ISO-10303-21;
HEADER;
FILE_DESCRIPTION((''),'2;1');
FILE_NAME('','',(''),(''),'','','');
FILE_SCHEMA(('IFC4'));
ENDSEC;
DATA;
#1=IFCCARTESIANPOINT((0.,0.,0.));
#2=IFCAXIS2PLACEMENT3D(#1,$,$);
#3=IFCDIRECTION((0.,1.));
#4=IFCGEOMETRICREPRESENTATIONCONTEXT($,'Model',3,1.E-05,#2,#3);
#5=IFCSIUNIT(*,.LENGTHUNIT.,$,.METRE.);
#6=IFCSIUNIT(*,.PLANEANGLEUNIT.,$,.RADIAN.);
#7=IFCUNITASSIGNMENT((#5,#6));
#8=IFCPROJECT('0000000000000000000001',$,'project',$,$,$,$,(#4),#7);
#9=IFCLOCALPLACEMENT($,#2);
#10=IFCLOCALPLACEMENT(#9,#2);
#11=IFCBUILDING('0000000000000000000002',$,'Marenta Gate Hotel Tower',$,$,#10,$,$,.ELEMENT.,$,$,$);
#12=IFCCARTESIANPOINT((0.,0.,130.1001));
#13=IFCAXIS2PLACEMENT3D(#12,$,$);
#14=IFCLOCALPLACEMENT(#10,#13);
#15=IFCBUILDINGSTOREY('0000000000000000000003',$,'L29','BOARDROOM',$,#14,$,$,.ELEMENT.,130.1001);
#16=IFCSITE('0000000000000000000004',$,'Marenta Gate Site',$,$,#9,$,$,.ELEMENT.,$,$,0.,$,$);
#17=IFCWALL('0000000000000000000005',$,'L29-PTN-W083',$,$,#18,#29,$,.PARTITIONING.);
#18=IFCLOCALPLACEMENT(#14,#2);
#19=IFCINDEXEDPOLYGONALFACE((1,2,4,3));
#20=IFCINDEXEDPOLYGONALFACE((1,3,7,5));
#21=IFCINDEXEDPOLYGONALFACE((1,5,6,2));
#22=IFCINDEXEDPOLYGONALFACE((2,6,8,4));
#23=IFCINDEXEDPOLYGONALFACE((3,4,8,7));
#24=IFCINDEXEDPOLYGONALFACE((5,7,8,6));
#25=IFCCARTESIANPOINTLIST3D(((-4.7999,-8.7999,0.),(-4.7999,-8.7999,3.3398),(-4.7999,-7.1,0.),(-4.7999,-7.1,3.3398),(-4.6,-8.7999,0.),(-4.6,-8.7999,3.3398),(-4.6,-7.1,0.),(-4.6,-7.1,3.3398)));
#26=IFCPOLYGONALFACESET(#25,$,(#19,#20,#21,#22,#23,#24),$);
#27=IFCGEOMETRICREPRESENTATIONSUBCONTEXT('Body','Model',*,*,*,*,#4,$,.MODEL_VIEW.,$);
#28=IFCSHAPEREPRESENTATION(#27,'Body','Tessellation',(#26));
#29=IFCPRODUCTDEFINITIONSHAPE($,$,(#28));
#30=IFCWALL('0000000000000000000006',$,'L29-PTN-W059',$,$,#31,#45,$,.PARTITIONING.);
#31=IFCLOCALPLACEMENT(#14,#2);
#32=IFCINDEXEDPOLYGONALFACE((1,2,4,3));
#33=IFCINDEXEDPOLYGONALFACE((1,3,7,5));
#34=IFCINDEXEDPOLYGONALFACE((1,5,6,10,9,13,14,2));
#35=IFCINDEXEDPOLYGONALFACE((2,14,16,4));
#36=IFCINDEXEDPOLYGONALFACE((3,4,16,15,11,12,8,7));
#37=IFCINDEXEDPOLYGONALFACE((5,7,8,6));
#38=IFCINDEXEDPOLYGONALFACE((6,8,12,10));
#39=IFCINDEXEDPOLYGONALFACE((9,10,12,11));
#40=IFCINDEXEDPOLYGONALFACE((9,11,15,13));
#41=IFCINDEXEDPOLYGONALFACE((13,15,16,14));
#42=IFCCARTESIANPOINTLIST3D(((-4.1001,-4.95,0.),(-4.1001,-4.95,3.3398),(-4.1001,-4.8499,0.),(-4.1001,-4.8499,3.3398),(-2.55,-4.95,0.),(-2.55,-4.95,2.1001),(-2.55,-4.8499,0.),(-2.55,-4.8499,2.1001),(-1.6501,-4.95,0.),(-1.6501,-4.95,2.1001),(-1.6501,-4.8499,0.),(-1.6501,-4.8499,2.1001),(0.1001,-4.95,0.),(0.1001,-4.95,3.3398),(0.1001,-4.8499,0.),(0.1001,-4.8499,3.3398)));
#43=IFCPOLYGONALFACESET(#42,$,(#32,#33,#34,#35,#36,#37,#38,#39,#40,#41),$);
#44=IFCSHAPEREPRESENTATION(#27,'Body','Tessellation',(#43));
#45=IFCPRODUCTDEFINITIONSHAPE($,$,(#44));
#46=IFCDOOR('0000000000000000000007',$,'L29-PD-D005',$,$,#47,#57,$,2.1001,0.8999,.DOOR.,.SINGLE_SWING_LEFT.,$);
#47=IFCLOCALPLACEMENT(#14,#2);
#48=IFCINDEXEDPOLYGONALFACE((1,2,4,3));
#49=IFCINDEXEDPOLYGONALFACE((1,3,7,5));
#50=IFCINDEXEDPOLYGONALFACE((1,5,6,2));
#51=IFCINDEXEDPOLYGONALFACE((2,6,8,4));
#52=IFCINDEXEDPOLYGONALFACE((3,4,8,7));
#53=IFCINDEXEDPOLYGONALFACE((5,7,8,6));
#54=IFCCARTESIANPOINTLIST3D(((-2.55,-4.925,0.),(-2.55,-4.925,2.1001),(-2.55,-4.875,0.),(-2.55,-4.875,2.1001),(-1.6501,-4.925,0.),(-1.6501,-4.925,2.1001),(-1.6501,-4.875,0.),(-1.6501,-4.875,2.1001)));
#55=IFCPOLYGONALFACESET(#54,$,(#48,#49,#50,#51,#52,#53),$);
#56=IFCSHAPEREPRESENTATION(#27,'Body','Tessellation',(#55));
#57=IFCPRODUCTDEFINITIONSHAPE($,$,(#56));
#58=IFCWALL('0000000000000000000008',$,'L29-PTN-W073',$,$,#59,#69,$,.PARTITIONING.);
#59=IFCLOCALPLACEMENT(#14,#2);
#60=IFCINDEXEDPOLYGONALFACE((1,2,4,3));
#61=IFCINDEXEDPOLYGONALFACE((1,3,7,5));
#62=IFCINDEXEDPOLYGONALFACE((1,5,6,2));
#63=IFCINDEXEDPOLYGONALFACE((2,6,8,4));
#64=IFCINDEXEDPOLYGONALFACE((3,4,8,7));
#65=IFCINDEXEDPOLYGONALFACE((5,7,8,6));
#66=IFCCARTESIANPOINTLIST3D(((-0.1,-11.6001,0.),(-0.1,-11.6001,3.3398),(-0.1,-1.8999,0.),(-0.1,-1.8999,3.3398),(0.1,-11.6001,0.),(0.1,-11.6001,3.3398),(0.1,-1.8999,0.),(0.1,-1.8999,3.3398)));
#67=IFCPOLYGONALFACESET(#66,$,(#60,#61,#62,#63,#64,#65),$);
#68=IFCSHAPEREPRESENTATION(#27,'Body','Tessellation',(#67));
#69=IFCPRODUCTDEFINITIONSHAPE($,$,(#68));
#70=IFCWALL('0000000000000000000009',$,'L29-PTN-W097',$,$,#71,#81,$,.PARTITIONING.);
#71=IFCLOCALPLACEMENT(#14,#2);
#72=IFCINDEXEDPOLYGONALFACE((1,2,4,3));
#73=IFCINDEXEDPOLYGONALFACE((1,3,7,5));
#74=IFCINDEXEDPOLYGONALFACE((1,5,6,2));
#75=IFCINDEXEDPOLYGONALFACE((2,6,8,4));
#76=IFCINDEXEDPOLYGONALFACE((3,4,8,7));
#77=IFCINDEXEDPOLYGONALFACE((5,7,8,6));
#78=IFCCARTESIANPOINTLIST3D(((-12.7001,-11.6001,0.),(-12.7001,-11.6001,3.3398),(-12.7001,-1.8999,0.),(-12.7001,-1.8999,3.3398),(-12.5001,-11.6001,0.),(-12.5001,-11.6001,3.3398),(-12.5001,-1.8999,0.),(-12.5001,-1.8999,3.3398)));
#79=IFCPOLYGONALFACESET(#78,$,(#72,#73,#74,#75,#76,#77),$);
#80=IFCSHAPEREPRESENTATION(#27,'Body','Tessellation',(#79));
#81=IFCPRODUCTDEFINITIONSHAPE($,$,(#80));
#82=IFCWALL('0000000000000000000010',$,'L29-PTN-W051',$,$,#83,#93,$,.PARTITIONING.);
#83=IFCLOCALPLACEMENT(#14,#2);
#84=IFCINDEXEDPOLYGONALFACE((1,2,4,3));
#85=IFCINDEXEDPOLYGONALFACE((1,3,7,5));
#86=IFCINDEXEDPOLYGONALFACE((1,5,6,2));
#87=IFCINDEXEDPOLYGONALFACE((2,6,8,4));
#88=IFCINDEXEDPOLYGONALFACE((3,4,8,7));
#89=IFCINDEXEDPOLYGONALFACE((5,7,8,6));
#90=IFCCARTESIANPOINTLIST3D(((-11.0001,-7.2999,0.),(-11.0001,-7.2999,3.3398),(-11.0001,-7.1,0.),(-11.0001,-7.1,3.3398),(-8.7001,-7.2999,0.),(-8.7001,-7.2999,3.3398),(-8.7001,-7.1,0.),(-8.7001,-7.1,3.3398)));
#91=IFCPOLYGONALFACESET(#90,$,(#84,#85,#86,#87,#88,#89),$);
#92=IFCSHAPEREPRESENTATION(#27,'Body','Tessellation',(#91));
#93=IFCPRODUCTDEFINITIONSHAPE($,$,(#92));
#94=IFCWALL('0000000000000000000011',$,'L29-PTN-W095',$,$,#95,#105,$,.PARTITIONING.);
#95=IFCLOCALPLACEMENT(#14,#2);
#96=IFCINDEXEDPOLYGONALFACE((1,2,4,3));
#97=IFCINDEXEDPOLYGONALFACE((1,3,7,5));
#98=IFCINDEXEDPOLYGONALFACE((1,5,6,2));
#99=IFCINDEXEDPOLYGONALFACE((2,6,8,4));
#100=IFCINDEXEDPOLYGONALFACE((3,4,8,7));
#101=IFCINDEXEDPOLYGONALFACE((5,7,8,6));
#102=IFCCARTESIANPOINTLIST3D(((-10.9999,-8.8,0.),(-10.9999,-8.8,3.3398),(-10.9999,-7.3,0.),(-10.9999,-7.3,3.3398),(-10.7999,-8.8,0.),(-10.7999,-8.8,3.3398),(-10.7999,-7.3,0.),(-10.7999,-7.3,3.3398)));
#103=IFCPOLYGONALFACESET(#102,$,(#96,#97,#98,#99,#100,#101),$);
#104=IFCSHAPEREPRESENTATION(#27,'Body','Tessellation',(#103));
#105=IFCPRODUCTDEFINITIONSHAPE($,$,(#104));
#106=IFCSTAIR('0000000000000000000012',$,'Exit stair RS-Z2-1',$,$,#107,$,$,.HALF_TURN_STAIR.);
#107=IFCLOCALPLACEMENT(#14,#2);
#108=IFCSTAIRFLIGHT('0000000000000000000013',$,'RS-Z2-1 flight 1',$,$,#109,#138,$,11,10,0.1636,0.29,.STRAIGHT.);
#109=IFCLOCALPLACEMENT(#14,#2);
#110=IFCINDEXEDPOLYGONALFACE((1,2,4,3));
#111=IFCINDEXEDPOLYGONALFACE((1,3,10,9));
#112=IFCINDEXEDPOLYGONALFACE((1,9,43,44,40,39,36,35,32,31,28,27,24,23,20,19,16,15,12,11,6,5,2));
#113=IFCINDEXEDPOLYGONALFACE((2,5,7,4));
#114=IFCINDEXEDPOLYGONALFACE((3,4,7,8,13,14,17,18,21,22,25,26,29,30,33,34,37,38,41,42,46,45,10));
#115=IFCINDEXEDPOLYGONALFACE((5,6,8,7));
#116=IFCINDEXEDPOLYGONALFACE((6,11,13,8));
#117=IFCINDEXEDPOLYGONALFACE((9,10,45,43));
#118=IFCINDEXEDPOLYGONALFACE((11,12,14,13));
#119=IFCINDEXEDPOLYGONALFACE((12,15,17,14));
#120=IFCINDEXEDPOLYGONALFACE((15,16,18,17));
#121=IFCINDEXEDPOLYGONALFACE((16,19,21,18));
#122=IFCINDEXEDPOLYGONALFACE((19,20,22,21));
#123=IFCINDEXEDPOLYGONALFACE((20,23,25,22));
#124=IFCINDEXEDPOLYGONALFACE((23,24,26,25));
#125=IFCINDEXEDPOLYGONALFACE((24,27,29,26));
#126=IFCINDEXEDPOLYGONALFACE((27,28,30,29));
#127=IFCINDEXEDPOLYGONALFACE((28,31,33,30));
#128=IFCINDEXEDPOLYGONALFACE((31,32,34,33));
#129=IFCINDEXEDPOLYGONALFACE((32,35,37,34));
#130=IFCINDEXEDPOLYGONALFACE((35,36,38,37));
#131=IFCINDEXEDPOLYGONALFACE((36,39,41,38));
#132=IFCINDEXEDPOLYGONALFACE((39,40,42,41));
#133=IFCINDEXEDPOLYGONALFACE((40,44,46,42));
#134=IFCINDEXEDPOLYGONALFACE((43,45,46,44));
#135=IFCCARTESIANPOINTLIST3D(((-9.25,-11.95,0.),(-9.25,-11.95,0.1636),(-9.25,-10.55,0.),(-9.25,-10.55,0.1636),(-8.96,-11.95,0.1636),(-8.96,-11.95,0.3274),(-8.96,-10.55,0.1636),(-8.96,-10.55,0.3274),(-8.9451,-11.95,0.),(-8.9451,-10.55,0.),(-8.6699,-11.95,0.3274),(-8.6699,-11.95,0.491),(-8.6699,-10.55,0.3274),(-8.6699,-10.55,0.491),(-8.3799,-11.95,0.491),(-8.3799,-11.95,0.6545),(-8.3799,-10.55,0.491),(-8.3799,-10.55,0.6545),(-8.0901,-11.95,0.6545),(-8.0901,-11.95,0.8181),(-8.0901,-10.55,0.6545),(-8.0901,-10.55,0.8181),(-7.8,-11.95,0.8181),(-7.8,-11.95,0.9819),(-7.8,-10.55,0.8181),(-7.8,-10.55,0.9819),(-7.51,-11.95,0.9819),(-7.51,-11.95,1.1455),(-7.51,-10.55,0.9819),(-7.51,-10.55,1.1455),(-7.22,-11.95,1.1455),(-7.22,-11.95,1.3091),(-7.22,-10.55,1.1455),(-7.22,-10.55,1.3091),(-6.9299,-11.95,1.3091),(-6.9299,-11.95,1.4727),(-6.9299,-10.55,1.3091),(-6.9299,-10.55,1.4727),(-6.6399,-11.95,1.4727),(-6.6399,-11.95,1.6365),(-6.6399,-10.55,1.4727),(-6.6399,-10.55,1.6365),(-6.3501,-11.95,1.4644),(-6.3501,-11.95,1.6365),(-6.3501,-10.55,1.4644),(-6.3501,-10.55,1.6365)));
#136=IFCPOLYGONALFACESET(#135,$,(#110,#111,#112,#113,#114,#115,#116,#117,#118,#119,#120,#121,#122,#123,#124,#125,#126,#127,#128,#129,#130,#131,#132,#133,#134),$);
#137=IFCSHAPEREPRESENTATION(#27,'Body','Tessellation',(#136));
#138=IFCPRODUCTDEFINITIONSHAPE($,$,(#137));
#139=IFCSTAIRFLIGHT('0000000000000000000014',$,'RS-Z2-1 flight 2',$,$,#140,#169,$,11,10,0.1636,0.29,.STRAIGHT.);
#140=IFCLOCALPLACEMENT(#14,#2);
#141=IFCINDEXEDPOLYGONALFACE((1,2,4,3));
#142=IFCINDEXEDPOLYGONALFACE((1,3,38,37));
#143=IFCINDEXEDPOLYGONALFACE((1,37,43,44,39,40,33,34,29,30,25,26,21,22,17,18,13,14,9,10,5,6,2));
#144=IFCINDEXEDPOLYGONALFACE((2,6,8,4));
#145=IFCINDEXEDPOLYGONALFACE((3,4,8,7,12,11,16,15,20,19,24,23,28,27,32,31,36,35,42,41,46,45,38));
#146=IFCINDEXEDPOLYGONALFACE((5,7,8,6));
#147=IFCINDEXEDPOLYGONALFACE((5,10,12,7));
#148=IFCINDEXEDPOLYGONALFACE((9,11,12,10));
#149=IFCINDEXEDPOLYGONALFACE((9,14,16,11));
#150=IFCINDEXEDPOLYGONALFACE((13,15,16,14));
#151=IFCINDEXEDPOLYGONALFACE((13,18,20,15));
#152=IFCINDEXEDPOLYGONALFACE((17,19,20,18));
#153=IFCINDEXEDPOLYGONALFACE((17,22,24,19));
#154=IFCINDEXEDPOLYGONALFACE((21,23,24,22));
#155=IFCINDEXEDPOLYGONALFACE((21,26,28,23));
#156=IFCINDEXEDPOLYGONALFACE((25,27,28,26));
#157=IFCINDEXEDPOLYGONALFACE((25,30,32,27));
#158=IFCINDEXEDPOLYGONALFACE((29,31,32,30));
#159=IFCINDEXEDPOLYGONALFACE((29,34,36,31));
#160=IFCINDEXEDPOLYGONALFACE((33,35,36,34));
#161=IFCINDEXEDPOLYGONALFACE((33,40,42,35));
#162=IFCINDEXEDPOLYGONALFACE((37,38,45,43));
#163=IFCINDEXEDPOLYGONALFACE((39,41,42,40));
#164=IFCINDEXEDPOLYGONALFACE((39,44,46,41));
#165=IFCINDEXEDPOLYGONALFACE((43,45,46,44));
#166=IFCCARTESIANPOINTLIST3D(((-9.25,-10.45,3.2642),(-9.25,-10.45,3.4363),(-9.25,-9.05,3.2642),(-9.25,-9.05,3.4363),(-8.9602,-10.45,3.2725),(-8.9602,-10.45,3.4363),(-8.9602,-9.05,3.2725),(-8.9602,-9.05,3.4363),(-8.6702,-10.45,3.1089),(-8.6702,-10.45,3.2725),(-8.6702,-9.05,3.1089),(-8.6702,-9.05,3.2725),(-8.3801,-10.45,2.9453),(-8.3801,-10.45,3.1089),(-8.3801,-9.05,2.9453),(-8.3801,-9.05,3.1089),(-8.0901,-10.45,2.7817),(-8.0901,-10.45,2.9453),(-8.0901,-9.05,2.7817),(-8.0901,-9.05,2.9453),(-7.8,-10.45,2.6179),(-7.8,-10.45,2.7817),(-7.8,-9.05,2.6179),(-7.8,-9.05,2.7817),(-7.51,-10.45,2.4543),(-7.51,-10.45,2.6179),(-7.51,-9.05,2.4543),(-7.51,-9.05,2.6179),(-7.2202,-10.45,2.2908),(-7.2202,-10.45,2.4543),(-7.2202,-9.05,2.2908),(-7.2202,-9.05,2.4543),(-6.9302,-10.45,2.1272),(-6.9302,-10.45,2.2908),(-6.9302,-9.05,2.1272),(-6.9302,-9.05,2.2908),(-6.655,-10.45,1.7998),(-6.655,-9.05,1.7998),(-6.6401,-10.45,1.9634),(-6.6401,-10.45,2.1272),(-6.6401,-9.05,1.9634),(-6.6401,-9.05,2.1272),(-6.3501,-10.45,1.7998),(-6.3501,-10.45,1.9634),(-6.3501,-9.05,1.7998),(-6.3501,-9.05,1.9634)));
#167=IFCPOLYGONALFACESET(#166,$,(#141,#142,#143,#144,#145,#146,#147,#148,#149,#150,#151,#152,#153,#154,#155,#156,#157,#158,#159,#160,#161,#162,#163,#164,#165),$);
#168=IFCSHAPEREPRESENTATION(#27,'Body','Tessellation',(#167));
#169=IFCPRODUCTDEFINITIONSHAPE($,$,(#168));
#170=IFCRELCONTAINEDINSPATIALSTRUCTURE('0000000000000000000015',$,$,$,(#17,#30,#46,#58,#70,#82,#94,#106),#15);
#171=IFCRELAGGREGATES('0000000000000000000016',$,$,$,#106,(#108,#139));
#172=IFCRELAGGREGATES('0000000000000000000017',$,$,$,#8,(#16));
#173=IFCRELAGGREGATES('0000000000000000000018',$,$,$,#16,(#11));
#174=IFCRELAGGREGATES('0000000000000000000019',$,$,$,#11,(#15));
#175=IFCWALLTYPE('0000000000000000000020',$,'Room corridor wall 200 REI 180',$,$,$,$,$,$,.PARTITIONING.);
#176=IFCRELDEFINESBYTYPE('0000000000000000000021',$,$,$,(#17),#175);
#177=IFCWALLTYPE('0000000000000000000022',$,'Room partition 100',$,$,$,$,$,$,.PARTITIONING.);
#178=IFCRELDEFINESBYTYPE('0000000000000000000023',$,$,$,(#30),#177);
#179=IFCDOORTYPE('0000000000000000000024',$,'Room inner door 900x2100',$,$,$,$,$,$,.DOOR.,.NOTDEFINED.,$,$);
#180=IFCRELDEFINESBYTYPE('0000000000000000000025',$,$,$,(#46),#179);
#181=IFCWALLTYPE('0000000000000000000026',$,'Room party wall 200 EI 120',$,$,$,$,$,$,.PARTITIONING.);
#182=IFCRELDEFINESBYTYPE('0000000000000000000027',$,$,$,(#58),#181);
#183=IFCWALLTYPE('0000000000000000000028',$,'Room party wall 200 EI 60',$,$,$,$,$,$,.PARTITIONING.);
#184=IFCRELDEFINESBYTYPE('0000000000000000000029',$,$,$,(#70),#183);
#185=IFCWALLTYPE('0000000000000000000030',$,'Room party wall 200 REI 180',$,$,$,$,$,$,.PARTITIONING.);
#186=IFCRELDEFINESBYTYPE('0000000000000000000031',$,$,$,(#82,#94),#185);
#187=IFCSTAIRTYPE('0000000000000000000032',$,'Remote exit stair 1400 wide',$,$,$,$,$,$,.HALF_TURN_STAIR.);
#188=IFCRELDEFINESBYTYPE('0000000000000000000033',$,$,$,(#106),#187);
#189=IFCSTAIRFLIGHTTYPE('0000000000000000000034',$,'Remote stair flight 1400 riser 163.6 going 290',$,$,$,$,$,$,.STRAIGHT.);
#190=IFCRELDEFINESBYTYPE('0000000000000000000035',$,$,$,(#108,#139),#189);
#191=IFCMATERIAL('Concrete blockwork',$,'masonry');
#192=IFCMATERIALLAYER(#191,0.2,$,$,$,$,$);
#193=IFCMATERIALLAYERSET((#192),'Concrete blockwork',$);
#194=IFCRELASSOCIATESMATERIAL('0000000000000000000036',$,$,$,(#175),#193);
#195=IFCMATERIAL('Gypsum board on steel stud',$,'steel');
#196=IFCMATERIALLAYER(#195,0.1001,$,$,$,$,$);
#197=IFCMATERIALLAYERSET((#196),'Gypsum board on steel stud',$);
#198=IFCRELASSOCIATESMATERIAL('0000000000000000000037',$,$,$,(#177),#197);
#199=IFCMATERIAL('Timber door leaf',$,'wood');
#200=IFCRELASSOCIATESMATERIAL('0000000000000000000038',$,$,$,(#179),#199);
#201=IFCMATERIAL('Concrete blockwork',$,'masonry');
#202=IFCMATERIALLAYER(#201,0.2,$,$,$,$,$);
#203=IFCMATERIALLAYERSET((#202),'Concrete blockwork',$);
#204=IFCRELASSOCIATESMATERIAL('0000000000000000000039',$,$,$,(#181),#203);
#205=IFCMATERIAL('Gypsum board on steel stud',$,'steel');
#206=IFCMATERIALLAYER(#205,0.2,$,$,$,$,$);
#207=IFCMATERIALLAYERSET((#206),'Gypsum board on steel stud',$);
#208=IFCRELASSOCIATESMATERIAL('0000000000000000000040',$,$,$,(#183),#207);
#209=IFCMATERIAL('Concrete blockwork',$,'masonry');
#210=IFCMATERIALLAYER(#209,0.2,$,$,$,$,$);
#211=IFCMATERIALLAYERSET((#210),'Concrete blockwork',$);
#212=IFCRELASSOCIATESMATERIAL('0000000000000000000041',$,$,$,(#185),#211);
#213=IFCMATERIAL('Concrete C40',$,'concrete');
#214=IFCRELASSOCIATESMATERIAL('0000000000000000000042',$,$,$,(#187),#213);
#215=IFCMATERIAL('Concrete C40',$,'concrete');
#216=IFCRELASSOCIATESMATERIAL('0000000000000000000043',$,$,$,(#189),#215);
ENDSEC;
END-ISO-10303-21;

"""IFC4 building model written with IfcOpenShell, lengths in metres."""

from ifc_helpers import new_model, si_unit, direction, frame, frame_2d, origin, place, context, subcontext, project, spatial, polyline, rectangle, outline, extrude, material, layer, layer_set, type_object, element, fill, aggregate, save


model = new_model("IFC4")

# Units and contexts
model_context = context("Model", 3, precision=1e-05, world=origin(), true_north=direction((0.0, 1.0)))
body_context = subcontext(model_context, "Body", "Model", "MODEL_VIEW")
ifc_project = project(units=[si_unit("LENGTHUNIT", "METRE"), si_unit("PLANEANGLEUNIT", "RADIAN")], contexts=[model_context])

# Site, building, storey
site_placement = place(None, origin())
site = spatial("IfcSite", under=ifc_project, at=site_placement, Name="Marenta Gate Site", CompositionType="ELEMENT", RefElevation=0.0)
building_placement = place(site_placement, origin())
building = spatial("IfcBuilding", under=site, at=building_placement, Name="Marenta Gate Hotel Tower", CompositionType="ELEMENT")
storey_placement = place(building_placement, frame((0.0, 0.0, 130.1001)))
storey = spatial("IfcBuildingStorey", under=building, at=storey_placement, Name="L29", Description="BOARDROOM", CompositionType="ELEMENT", Elevation=130.1001)

# Shared definitions
ifc_material_1 = material(Name="Concrete blockwork", Category="masonry")
ifc_layer_1 = layer(ifc_material_1, 0.2)
ifc_layer_set_1 = layer_set([ifc_layer_1], Name="Concrete blockwork")
wall_type_1 = type_object("IfcWallType", Name="Room corridor wall 200 REI 180", PredefinedType="PARTITIONING", material=ifc_layer_set_1)

# Wall
wall_1_placement = place(storey_placement, frame((-4.7, -8.8, 0.0), z_axis=(0.0, 0.0, 1.0), x_axis=(0.0, 1.0, 0.0)))
element("IfcWall", 1, at=wall_1_placement, inside=storey, type_object=wall_type_1, Name="L29-PTN-W083", PredefinedType="PARTITIONING", context=body_context, shape_type="SweptSolid", body=[
    extrude(rectangle(XDim=1.7, YDim=0.2, at=frame_2d((0.8501, 0.0))), origin(), (0.0, 0.0, 1.0), 3.3398),
])

# Wall, opening, door
ifc_material_2 = material(Name="Gypsum board on steel stud", Category="steel")
ifc_layer_2 = layer(ifc_material_2, 0.1001)
ifc_layer_set_2 = layer_set([ifc_layer_2], Name="Gypsum board on steel stud")
wall_type_2 = type_object("IfcWallType", Name="Room partition 100", PredefinedType="PARTITIONING", material=ifc_layer_set_2)
wall_2_placement = place(storey_placement, frame((-4.1001, -4.8999, 0.0), z_axis=(0.0, 0.0, 1.0), x_axis=(1.0, 0.0, 0.0)))
wall_2 = element("IfcWall", 2, at=wall_2_placement, inside=storey, type_object=wall_type_2, Name="L29-PTN-W059", PredefinedType="PARTITIONING", context=body_context, shape_type="SweptSolid", body=[
    extrude(rectangle(XDim=4.2002, YDim=0.1001, at=frame_2d((2.1001, 0.0))), origin(), (0.0, 0.0, 1.0), 3.3398),
])
opening_1_placement = place(wall_2_placement, frame((1.55, 0.0, 0.0)))
opening_1 = element("IfcOpeningElement", 3, at=opening_1_placement, cuts=wall_2, PredefinedType="OPENING", context=body_context, shape_type="SweptSolid", body=[
    extrude(rectangle(XDim=0.8999, YDim=2.1001, at=frame_2d((0.45, 1.05))), frame((0.0, 0.05, 0.0), z_axis=(0.0, -1.0, 0.0), x_axis=(1.0, 0.0, 0.0)), (0.0, 0.0, 1.0), 0.1001),
])
ifc_material_3 = material(Name="Timber door leaf", Category="wood")
door_type_1 = type_object("IfcDoorType", Name="Room inner door 900x2100", OperationType="NOTDEFINED", PredefinedType="DOOR", material=ifc_material_3)
door_1_placement = place(opening_1_placement, origin())
door_1 = element("IfcDoor", 4, at=door_1_placement, inside=storey, type_object=door_type_1, Name="L29-PD-D005", OperationType="SINGLE_SWING_LEFT", OverallHeight=2.1001, OverallWidth=0.8999, PredefinedType="DOOR", context=body_context, shape_type="SweptSolid", body=[
    extrude(rectangle(XDim=0.8999, YDim=2.1001, at=frame_2d((0.45, 1.05))), frame((0.0, 0.0249, 0.0), z_axis=(0.0, -1.0, 0.0), x_axis=(1.0, 0.0, 0.0)), (0.0, 0.0, 1.0), 0.05),
])
fill(opening_1, door_1)

# Walls
ifc_material_4 = material(Name="Concrete blockwork", Category="masonry")
ifc_layer_3 = layer(ifc_material_4, 0.2)
ifc_layer_set_3 = layer_set([ifc_layer_3], Name="Concrete blockwork")
wall_type_3 = type_object("IfcWallType", Name="Room party wall 200 EI 120", PredefinedType="PARTITIONING", material=ifc_layer_set_3)
wall_3_placement = place(storey_placement, frame((0.0, -11.6001, 0.0), z_axis=(0.0, 0.0, 1.0), x_axis=(0.0, 1.0, 0.0)))
element("IfcWall", 5, at=wall_3_placement, inside=storey, type_object=wall_type_3, Name="L29-PTN-W073", PredefinedType="PARTITIONING", context=body_context, shape_type="SweptSolid", body=[
    extrude(rectangle(XDim=9.7002, YDim=0.2, at=frame_2d((4.8501, 0.0))), origin(), (0.0, 0.0, 1.0), 3.3398),
])
ifc_material_5 = material(Name="Gypsum board on steel stud", Category="steel")
ifc_layer_4 = layer(ifc_material_5, 0.2)
ifc_layer_set_4 = layer_set([ifc_layer_4], Name="Gypsum board on steel stud")
wall_type_4 = type_object("IfcWallType", Name="Room party wall 200 EI 60", PredefinedType="PARTITIONING", material=ifc_layer_set_4)
wall_4_placement = place(storey_placement, frame((-12.6001, -11.6001, 0.0), z_axis=(0.0, 0.0, 1.0), x_axis=(0.0, 1.0, 0.0)))
element("IfcWall", 6, at=wall_4_placement, inside=storey, type_object=wall_type_4, Name="L29-PTN-W097", PredefinedType="PARTITIONING", context=body_context, shape_type="SweptSolid", body=[
    extrude(rectangle(XDim=9.7002, YDim=0.2, at=frame_2d((4.8501, 0.0))), origin(), (0.0, 0.0, 1.0), 3.3398),
])
ifc_material_6 = material(Name="Concrete blockwork", Category="masonry")
ifc_layer_5 = layer(ifc_material_6, 0.2)
ifc_layer_set_5 = layer_set([ifc_layer_5], Name="Concrete blockwork")
wall_type_5 = type_object("IfcWallType", Name="Room party wall 200 REI 180", PredefinedType="PARTITIONING", material=ifc_layer_set_5)
wall_5_placement = place(storey_placement, frame((-11.0, -7.2, 0.0), z_axis=(0.0, 0.0, 1.0), x_axis=(1.0, 0.0, 0.0)))
element("IfcWall", 7, at=wall_5_placement, inside=storey, type_object=wall_type_5, Name="L29-PTN-W051", PredefinedType="PARTITIONING", context=body_context, shape_type="SweptSolid", body=[
    extrude(rectangle(XDim=2.3, YDim=0.2, at=frame_2d((1.1499, 0.0))), origin(), (0.0, 0.0, 1.0), 3.3398),
])
wall_6_placement = place(storey_placement, frame((-10.8999, -8.8, 0.0), z_axis=(0.0, 0.0, 1.0), x_axis=(0.0, 1.0, 0.0)))
element("IfcWall", 8, at=wall_6_placement, inside=storey, type_object=wall_type_5, Name="L29-PTN-W095", PredefinedType="PARTITIONING", context=body_context, shape_type="SweptSolid", body=[
    extrude(rectangle(XDim=1.5, YDim=0.2, at=frame_2d((0.75, 0.0))), origin(), (0.0, 0.0, 1.0), 3.3398),
])

# Stair, stair flights
ifc_material_7 = material(Name="Concrete C40", Category="concrete")
stair_type = type_object("IfcStairType", Name="Remote exit stair 1400 wide", PredefinedType="HALF_TURN_STAIR", material=ifc_material_7)
stair_placement = place(storey_placement, origin())
stair = element("IfcStair", 9, at=stair_placement, inside=storey, type_object=stair_type, Name="Exit stair RS-Z2-1", PredefinedType="HALF_TURN_STAIR")
ifc_material_8 = material(Name="Concrete C40", Category="concrete")
stair_flight_type = type_object("IfcStairFlightType", Name="Remote stair flight 1400 riser 163.6 going 290", PredefinedType="STRAIGHT", material=ifc_material_8)
stair_flight_1_placement = place(storey_placement, frame((-9.25, -11.25, 0.0), z_axis=(0.0, 0.0, 1.0), x_axis=(1.0, 0.0, 0.0)))
stair_flight_1 = element("IfcStairFlight", 10, at=stair_flight_1_placement, type_object=stair_flight_type, Name="RS-Z2-1 flight 1", NumberOfRisers=11, NumberOfTreads=10, PredefinedType="STRAIGHT", RiserHeight=0.1636, TreadLength=0.29, context=body_context, shape_type="SweptSolid", body=[
    extrude(outline(polyline([(0.0, 0.0), (0.0, 0.1636), (0.29, 0.1636), (0.29, 0.3274), (0.5801, 0.3274), (0.5801, 0.491), (0.8701, 0.491), (0.8701, 0.6545), (1.1599, 0.6545), (1.1599, 0.8181), (1.45, 0.8181), (1.45, 0.9819), (1.74, 0.9819), (1.74, 1.1455), (2.03, 1.1455), (2.03, 1.3091), (2.3201, 1.3091), (2.3201, 1.4727), (2.6101, 1.4727), (2.6101, 1.6365), (2.8999, 1.6365), (2.8999, 1.8), (2.8999, 1.4644), (0.3049, 0.0), (0.0, 0.0)])), frame((0.0, 0.7, 0.0), z_axis=(0.0, -1.0, 0.0), x_axis=(1.0, 0.0, 0.0)), (0.0, 0.0, 1.0), 1.3999),
])
stair_flight_2_placement = place(storey_placement, frame((-6.3501, -9.75, 1.7998), z_axis=(0.0, 0.0, 1.0), x_axis=(-1.0, 0.0, 0.0)))
stair_flight_2 = element("IfcStairFlight", 11, at=stair_flight_2_placement, type_object=stair_flight_type, Name="RS-Z2-1 flight 2", NumberOfRisers=11, NumberOfTreads=10, PredefinedType="STRAIGHT", RiserHeight=0.1636, TreadLength=0.29, context=body_context, shape_type="SweptSolid", body=[
    extrude(outline(polyline([(0.0, 0.0), (0.0, 0.1636), (0.29, 0.1636), (0.29, 0.3274), (0.5801, 0.3274), (0.5801, 0.491), (0.8701, 0.491), (0.8701, 0.6545), (1.1599, 0.6545), (1.1599, 0.8181), (1.45, 0.8181), (1.45, 0.9819), (1.74, 0.9819), (1.74, 1.1455), (2.03, 1.1455), (2.03, 1.3091), (2.3201, 1.3091), (2.3201, 1.4727), (2.6101, 1.4727), (2.6101, 1.6365), (2.8999, 1.6365), (2.8999, 1.8), (2.8999, 1.4644), (0.3049, 0.0), (0.0, 0.0)])), frame((0.0, 0.7, 0.0), z_axis=(0.0, -1.0, 0.0), x_axis=(1.0, 0.0, 0.0)), (0.0, 0.0, 1.0), 1.3999),
])
aggregate(stair, [stair_flight_1, stair_flight_2])

save(model, "model.ifc")
